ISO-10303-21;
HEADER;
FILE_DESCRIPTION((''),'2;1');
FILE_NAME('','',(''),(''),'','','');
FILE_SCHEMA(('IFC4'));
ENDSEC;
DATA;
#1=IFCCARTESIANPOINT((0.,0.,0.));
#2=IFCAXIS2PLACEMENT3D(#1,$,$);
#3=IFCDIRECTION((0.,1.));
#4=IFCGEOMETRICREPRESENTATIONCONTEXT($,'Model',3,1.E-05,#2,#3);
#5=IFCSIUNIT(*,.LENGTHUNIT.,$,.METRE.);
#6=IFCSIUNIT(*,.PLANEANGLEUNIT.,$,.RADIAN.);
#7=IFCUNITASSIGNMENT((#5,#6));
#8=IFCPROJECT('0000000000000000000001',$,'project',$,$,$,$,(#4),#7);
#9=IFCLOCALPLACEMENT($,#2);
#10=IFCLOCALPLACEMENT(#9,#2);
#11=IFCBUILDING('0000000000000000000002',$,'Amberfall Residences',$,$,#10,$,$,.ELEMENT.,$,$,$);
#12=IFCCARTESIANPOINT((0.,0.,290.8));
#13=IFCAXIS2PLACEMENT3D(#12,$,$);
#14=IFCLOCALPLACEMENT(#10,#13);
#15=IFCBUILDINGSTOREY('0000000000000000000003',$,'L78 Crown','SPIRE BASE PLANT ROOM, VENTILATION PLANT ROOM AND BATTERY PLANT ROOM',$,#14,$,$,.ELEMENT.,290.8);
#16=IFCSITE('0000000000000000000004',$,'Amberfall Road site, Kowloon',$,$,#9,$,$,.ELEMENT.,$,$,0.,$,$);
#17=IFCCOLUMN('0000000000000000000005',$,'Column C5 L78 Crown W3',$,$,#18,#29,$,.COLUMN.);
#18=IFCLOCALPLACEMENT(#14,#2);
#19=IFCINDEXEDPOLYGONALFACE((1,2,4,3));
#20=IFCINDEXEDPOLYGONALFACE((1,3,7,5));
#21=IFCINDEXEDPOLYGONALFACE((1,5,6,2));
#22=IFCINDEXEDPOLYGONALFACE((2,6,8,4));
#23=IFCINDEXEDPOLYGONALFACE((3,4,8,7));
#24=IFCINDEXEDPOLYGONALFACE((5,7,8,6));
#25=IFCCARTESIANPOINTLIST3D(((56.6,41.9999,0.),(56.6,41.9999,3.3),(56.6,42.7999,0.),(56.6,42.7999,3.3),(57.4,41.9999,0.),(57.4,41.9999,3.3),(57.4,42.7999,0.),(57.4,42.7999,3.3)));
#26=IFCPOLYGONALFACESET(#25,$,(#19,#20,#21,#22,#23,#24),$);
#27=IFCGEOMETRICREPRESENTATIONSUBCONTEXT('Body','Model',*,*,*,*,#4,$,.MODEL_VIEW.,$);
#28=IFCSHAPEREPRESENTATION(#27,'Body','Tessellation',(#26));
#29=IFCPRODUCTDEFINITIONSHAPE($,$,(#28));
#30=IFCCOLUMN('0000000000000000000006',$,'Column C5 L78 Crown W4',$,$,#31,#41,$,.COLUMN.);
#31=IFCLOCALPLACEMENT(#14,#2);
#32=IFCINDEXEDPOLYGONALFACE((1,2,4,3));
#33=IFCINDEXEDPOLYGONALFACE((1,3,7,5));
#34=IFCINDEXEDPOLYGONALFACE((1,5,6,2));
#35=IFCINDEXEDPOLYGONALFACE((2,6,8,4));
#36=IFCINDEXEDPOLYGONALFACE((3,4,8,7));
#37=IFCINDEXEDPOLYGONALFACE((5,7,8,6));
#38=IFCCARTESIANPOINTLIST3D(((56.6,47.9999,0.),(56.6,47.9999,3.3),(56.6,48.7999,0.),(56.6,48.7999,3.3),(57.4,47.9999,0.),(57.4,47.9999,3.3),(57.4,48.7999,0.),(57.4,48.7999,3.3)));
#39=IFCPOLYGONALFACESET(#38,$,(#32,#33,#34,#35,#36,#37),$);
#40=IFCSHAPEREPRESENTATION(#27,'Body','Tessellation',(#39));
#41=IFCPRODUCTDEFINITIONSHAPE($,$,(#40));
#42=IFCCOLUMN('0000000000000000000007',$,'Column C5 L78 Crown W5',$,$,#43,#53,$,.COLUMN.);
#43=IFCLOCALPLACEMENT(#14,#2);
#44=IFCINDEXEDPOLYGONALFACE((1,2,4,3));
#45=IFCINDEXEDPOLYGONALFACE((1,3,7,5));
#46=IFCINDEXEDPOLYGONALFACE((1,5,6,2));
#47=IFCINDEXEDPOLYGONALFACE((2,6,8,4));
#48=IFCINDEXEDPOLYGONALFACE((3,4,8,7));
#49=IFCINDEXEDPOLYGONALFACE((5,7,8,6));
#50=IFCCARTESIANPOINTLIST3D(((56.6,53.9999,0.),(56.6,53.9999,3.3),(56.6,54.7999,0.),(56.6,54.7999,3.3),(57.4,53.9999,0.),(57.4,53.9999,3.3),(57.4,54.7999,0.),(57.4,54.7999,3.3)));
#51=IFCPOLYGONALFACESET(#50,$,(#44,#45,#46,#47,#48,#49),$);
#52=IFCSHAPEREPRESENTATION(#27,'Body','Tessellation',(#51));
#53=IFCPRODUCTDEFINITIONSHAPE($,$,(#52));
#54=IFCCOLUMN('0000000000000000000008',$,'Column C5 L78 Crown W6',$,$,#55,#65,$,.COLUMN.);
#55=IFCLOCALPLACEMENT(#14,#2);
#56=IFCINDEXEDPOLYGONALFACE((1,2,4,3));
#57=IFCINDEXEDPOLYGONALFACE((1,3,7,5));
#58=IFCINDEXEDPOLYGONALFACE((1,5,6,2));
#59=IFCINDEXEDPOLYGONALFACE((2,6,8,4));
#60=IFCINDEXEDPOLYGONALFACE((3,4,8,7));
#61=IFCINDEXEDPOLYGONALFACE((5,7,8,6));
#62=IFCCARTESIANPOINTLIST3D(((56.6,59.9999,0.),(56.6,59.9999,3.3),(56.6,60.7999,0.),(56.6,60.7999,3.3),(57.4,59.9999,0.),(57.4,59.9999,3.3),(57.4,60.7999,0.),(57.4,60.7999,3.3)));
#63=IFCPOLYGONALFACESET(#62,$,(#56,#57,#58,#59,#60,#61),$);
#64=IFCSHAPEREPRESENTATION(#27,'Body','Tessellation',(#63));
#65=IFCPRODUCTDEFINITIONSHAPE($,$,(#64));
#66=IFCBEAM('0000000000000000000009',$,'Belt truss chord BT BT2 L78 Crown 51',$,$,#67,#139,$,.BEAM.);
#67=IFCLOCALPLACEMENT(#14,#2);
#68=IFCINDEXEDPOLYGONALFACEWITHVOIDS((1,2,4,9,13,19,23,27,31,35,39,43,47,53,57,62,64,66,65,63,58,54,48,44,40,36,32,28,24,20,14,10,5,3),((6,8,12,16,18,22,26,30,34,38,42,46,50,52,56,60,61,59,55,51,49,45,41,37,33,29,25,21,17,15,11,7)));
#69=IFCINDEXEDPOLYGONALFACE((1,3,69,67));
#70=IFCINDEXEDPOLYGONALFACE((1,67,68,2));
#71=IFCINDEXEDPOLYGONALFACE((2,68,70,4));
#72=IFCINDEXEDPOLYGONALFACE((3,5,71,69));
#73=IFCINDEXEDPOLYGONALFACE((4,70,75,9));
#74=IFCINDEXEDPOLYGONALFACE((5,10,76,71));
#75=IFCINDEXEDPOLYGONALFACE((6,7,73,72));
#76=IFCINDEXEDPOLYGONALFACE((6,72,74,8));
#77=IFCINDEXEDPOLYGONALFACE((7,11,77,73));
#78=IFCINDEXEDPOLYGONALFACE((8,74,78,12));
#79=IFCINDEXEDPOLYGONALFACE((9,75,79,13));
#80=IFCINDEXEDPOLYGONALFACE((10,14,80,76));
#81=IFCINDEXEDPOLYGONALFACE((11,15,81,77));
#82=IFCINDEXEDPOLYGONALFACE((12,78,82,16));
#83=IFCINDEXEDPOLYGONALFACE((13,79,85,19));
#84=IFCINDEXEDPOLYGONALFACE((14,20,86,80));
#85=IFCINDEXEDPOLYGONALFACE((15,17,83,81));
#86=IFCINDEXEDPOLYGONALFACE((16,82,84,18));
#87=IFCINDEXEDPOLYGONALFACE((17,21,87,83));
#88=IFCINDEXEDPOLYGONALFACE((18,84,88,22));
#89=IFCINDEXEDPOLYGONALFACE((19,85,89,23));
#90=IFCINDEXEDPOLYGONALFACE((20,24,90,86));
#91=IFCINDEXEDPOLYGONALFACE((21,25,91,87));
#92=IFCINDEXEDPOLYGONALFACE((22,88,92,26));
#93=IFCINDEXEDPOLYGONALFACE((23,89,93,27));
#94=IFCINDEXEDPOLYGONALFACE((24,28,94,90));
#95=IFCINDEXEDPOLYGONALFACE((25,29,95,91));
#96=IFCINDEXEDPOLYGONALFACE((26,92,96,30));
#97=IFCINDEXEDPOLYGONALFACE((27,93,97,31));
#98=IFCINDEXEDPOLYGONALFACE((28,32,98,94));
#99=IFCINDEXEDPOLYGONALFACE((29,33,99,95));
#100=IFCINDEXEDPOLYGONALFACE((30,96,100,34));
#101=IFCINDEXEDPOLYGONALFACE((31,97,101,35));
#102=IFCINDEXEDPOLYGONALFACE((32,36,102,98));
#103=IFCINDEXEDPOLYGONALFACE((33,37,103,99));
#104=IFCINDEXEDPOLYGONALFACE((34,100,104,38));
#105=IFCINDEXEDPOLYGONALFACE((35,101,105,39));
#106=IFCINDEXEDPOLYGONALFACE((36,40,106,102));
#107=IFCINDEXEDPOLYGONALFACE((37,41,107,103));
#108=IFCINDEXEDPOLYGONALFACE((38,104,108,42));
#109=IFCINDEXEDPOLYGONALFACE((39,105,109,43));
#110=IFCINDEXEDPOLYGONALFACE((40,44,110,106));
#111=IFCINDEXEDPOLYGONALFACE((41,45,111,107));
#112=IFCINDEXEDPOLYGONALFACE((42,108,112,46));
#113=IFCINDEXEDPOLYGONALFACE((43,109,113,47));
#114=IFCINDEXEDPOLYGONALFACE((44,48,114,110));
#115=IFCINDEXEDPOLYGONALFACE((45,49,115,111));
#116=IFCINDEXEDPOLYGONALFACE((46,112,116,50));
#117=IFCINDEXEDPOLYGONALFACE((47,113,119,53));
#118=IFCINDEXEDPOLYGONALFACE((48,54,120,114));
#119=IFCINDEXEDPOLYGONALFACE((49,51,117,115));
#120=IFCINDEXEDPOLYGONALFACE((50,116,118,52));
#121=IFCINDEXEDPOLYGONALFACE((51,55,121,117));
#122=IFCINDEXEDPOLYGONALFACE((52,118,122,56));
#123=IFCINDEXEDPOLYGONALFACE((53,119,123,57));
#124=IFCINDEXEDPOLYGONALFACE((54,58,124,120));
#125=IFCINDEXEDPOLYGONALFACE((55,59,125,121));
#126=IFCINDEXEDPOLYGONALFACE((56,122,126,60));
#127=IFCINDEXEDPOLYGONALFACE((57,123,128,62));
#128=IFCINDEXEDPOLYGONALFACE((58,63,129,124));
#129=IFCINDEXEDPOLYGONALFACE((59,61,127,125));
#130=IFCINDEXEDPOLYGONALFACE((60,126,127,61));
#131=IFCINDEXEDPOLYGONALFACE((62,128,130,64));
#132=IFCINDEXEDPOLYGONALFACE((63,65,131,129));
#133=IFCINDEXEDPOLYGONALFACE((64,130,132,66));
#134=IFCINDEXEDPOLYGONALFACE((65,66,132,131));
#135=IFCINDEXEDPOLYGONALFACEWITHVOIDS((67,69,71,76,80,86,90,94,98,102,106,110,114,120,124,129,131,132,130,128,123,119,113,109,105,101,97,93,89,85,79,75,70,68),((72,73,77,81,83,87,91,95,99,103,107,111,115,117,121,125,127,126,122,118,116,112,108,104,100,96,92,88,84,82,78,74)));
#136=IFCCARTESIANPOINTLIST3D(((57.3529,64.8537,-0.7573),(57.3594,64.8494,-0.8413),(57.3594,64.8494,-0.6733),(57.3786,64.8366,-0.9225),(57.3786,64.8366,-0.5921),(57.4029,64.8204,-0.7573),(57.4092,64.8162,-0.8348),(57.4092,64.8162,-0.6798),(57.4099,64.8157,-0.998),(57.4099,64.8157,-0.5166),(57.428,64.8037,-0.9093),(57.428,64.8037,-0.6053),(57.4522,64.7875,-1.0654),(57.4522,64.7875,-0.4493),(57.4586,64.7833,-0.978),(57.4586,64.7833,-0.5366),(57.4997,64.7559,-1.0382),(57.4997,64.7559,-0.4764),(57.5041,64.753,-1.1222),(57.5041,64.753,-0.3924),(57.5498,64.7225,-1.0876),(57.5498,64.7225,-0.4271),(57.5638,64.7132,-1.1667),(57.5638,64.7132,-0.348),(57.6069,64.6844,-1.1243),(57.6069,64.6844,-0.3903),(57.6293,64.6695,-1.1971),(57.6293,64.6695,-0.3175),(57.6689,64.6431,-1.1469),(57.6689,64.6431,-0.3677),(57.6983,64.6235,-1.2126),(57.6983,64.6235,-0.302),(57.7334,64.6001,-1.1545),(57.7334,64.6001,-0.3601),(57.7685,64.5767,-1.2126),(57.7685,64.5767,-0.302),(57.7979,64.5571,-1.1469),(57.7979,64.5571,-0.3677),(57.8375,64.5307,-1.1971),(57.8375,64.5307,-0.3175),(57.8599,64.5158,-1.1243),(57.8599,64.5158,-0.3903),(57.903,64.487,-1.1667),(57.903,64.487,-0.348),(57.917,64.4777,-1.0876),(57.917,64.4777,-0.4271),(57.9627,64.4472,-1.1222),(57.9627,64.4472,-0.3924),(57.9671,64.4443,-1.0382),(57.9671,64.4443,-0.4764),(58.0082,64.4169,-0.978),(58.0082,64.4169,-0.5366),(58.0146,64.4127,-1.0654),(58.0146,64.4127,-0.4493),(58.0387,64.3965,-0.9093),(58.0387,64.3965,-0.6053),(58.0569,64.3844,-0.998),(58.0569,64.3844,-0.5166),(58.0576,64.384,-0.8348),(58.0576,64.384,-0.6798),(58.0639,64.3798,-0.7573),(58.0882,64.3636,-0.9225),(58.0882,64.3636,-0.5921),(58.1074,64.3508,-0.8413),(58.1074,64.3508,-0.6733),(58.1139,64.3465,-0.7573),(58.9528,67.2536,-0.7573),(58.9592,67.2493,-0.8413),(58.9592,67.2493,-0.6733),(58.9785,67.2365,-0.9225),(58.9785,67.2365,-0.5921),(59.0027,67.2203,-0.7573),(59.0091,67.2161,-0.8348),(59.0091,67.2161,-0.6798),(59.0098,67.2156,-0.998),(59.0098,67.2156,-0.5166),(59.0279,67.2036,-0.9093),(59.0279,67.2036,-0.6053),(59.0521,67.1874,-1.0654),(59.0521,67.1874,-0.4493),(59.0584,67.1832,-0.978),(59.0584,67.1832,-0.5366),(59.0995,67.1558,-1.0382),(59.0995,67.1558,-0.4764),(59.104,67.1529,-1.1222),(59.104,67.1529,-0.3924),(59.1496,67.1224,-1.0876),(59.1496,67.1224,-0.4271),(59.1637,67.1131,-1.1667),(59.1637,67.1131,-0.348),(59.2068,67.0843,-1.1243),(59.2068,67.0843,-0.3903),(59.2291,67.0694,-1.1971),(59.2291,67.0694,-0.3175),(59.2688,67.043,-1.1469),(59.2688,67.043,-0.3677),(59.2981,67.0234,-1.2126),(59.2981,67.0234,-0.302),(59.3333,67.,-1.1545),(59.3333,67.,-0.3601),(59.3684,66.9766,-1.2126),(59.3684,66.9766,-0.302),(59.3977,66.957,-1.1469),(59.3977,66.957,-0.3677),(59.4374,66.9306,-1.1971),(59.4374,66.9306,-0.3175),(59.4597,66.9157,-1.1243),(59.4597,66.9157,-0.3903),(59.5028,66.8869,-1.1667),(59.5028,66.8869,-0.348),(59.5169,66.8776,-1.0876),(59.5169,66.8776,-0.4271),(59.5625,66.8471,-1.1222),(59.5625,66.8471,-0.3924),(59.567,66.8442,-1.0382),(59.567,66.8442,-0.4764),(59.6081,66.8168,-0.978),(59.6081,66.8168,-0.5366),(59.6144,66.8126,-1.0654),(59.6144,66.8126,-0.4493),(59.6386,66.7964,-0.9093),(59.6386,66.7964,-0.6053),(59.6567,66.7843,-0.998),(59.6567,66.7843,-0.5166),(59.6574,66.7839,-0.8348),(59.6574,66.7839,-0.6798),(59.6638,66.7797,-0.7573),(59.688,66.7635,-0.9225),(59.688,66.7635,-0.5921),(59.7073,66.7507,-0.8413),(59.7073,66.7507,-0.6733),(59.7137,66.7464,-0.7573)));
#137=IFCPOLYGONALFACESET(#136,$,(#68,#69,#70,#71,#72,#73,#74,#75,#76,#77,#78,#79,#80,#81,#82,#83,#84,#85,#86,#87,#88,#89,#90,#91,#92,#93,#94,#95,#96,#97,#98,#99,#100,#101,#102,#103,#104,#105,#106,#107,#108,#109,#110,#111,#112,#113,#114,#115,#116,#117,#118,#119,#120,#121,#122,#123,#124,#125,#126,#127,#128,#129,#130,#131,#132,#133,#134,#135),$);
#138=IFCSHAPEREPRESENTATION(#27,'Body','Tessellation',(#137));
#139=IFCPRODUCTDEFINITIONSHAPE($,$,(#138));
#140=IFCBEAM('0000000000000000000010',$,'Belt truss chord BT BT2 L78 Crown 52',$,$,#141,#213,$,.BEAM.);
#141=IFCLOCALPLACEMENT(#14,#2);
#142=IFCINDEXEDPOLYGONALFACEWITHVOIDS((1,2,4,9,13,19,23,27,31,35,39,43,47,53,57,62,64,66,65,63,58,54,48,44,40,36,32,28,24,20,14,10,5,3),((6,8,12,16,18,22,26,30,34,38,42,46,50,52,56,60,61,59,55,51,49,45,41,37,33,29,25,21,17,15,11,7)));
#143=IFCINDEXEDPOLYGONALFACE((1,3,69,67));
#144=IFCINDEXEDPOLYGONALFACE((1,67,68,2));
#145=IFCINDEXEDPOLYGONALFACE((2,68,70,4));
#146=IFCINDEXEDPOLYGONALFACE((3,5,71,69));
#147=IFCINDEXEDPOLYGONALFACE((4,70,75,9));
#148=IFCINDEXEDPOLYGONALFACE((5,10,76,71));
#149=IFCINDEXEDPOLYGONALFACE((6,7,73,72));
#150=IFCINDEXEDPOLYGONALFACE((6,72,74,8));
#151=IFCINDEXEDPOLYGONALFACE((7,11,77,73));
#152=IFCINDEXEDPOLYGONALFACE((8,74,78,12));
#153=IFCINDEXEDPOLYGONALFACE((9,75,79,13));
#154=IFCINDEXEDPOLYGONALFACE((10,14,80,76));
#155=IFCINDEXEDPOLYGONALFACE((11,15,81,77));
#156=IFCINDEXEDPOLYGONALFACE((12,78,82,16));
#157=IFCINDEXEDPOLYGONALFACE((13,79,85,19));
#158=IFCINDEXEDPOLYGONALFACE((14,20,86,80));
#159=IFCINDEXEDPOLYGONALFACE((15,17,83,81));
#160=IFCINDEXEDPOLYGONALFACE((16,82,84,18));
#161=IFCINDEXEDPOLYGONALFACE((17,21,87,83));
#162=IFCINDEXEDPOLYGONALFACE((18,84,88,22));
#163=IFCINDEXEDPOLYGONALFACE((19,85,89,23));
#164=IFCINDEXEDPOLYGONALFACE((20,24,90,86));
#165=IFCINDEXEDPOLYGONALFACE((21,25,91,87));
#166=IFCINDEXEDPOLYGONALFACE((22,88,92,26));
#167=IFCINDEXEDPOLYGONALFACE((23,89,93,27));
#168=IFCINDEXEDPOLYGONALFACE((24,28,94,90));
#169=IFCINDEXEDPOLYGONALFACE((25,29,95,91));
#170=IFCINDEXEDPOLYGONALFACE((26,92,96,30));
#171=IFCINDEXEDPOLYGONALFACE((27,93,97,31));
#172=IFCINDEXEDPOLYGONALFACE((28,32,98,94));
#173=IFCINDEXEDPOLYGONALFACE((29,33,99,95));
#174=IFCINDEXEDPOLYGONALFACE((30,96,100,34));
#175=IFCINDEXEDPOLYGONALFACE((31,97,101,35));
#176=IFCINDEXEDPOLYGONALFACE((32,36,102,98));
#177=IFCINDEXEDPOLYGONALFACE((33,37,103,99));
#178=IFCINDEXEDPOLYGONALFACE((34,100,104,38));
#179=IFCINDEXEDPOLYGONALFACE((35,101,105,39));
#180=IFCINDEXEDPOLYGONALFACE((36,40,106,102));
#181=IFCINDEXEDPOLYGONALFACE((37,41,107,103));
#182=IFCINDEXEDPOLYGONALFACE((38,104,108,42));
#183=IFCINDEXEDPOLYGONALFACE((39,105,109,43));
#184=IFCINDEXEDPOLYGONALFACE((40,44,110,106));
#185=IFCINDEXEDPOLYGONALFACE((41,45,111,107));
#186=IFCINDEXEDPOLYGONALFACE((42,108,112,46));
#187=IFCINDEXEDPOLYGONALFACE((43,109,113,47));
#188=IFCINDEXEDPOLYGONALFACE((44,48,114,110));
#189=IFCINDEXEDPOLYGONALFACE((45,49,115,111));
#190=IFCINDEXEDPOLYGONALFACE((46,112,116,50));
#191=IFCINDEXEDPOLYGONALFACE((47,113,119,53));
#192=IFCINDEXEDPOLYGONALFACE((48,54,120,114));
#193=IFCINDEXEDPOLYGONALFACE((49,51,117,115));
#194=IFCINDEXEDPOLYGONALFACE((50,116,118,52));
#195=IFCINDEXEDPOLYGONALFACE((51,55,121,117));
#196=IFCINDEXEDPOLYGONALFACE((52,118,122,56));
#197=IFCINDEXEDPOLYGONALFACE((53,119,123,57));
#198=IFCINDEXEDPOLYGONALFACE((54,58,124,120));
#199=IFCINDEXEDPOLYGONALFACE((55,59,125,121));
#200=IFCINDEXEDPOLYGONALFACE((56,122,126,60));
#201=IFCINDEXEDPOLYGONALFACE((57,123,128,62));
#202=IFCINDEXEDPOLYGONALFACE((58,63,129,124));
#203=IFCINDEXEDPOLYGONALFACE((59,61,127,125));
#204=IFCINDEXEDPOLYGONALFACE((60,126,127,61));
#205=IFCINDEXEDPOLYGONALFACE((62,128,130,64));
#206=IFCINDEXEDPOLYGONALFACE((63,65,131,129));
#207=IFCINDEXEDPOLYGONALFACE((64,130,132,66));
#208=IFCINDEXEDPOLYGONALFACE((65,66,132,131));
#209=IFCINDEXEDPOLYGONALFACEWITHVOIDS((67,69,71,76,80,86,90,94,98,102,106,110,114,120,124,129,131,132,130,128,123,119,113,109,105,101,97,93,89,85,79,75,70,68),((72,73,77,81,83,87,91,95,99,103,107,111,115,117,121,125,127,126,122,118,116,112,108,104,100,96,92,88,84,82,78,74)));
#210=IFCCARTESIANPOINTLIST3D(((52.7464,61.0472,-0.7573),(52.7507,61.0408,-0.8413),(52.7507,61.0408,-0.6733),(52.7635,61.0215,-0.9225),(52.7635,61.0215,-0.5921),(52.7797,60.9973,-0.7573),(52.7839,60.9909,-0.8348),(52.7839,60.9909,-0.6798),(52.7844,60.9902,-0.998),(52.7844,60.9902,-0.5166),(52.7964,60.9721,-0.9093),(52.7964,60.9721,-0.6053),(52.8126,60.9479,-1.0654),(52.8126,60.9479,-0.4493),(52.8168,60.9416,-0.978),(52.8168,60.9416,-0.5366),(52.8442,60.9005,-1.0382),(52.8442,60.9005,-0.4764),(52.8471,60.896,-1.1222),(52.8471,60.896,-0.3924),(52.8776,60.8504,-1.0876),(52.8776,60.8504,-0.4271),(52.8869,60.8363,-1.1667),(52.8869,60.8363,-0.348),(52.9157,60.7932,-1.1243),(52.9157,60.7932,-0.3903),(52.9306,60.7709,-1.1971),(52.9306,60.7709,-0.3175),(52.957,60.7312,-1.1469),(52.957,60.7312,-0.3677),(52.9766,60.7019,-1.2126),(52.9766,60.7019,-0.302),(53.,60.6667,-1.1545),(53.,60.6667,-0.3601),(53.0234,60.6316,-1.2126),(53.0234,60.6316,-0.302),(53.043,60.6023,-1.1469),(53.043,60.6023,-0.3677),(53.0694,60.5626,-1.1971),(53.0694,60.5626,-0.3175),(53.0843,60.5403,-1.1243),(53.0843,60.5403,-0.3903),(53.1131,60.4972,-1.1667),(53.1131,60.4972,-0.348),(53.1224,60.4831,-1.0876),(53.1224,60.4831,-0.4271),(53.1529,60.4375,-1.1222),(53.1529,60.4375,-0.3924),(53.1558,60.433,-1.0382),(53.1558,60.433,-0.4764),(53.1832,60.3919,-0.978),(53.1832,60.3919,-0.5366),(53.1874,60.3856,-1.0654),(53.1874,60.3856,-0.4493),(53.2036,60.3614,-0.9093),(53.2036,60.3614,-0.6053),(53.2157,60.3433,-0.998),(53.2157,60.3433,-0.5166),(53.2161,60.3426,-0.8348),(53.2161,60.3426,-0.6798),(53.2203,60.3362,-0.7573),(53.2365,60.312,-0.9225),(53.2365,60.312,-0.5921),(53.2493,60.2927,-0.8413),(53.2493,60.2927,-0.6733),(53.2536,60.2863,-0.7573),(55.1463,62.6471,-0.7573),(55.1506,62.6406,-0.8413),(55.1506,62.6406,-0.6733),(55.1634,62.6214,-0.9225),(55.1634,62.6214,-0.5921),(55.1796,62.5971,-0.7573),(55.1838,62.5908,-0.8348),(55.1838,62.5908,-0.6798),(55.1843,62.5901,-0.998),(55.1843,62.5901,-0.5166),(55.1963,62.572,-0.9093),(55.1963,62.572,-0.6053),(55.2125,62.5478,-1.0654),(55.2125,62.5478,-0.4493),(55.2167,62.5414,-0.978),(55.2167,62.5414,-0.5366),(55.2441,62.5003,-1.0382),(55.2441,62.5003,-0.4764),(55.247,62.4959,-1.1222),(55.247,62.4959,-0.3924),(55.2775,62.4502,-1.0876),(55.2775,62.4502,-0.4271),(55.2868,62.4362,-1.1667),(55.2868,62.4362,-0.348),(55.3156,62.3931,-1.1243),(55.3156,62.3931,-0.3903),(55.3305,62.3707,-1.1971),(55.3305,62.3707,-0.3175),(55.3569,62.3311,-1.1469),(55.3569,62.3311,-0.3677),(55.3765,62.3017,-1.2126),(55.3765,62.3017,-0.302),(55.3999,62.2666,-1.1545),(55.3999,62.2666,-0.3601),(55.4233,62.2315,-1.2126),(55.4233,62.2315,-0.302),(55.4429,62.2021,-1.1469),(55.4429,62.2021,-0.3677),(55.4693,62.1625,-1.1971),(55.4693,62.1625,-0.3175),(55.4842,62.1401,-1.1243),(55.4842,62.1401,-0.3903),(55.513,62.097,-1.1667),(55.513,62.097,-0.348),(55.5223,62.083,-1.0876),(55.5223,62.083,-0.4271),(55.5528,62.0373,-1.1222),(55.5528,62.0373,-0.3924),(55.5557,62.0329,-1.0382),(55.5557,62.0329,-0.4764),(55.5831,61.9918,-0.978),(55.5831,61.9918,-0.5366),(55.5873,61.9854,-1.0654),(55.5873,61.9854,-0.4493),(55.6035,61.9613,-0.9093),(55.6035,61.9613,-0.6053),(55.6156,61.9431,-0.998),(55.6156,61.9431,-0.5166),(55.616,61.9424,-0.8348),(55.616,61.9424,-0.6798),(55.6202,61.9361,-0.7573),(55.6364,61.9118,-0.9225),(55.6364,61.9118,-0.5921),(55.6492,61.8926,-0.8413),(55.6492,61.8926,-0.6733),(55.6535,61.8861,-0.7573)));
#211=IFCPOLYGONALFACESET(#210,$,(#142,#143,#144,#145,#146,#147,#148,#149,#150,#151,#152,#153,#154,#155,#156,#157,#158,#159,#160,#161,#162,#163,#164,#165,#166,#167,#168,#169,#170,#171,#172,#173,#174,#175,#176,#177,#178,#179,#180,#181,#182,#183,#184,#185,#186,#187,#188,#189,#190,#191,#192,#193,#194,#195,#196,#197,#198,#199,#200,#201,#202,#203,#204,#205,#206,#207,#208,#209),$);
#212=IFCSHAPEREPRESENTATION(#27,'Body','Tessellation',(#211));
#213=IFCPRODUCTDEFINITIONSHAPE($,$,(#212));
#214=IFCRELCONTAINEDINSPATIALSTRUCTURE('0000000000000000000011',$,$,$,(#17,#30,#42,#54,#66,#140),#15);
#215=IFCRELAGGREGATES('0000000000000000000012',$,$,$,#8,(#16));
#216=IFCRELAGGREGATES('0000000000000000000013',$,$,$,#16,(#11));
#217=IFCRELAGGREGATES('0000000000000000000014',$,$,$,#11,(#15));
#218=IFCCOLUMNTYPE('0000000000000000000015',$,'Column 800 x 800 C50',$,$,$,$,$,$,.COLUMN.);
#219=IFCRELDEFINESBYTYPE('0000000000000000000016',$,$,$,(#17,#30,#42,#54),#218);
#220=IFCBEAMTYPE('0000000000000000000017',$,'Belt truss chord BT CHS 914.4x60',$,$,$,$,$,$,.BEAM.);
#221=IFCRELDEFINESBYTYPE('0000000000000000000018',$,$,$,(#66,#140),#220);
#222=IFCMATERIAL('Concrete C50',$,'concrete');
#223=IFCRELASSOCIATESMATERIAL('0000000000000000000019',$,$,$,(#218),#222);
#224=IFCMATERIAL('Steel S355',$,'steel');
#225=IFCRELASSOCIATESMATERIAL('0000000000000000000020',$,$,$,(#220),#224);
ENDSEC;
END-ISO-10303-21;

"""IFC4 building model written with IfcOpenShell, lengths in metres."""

from ifc_helpers import new_model, si_unit, direction, frame, origin, origin_2d, place, context, subcontext, project, spatial, rectangle, hollow_circle, extrude, material, material_profile, profile_set, type_object, element, save


model = new_model("IFC4")

# Units and contexts
model_context = context("Model", 3, precision=1e-05, world=origin(), true_north=direction((0.0, 1.0)))
body_context = subcontext(model_context, "Body", "Model", "MODEL_VIEW")
ifc_project = project(units=[si_unit("LENGTHUNIT", "METRE"), si_unit("PLANEANGLEUNIT", "RADIAN")], contexts=[model_context])

# Site, building, storey
site_placement = place(None, origin())
site = spatial("IfcSite", under=ifc_project, at=site_placement, Name="Amberfall Road site, Kowloon", CompositionType="ELEMENT", RefElevation=0.0)
building_placement = place(site_placement, origin())
building = spatial("IfcBuilding", under=site, at=building_placement, Name="Amberfall Residences", CompositionType="ELEMENT")
storey_placement = place(building_placement, frame((0.0, 0.0, 290.8)))
storey = spatial("IfcBuildingStorey", under=building, at=storey_placement, Name="L78 Crown", Description="SPIRE BASE PLANT ROOM, VENTILATION PLANT ROOM AND BATTERY PLANT ROOM", CompositionType="ELEMENT", Elevation=290.8)

# Columns
ifc_material_1 = material(Name="Concrete C50", Category="concrete")
ifc_material_profile_1 = material_profile(ifc_material_1, rectangle(XDim=0.8, YDim=0.8, at=origin_2d()), Name="Column 800 x 800 C50")
ifc_profile_set_1 = profile_set([ifc_material_profile_1], Name="Concrete C50")
column_type = type_object("IfcColumnType", Name="Column 800 x 800 C50", PredefinedType="COLUMN", material=ifc_profile_set_1)
for number, where, z_axis, x_axis, name in (
    (1, (57.0, 42.3999, 0.0), (0.0, 0.0, 1.0), (1.0, 0.0, 0.0), "Column C5 L78 Crown W3"),
    (2, (57.0, 48.3999, 0.0), (0.0, 0.0, 1.0), (1.0, 0.0, 0.0), "Column C5 L78 Crown W4"),
    (3, (57.0, 54.3999, 0.0), (0.0, 0.0, 1.0), (1.0, 0.0, 0.0), "Column C5 L78 Crown W5"),
    (4, (57.0, 60.3999, 0.0), (0.0, 0.0, 1.0), (1.0, 0.0, 0.0), "Column C5 L78 Crown W6"),
):
    element("IfcColumn", number, at=place(storey_placement, frame(where, z_axis=z_axis, x_axis=x_axis)), inside=storey, type_object=column_type, Name=name, PredefinedType="COLUMN", context=body_context, shape_type="SweptSolid", body=[
        extrude(rectangle(XDim=0.8, YDim=0.8, at=origin_2d()), origin(), (0.0, 0.0, 1.0), 3.3),
    ])

# Beams
ifc_material_2 = material(Name="Steel S355", Category="steel")
ifc_material_profile_2 = material_profile(ifc_material_2, hollow_circle(Radius=0.4573, WallThickness=0.0601, at=origin_2d()), Name="CHS 914.4x60")
ifc_profile_set_2 = profile_set([ifc_material_profile_2], Name="Steel S355")
beam_type_1 = type_object("IfcBeamType", Name="Belt truss chord BT CHS 914.4x60", PredefinedType="BEAM", material=ifc_profile_set_2)
for number, where, z_axis, x_axis, name in (
    (5, (57.7334, 64.6001, -0.7573), (0.554681, 0.832063, 0.0), (-0.832063, 0.554681, 0.0), "Belt truss chord BT BT2 L78 Crown 51"),
    (6, (55.3999, 62.2666, -0.7573), (-0.832063, -0.554681, 0.0), (0.554681, -0.832063, 0.0), "Belt truss chord BT BT2 L78 Crown 52"),
):
    element("IfcBeam", number, at=place(storey_placement, frame(where, z_axis=z_axis, x_axis=x_axis)), inside=storey, type_object=beam_type_1, Name=name, PredefinedType="BEAM", context=body_context, shape_type="SweptSolid", body=[
        extrude(hollow_circle(Radius=0.4573, WallThickness=0.0601, at=origin_2d()), origin(), (0.0, 0.0, 1.0), 2.8843),
    ])

save(model, "model.ifc")
